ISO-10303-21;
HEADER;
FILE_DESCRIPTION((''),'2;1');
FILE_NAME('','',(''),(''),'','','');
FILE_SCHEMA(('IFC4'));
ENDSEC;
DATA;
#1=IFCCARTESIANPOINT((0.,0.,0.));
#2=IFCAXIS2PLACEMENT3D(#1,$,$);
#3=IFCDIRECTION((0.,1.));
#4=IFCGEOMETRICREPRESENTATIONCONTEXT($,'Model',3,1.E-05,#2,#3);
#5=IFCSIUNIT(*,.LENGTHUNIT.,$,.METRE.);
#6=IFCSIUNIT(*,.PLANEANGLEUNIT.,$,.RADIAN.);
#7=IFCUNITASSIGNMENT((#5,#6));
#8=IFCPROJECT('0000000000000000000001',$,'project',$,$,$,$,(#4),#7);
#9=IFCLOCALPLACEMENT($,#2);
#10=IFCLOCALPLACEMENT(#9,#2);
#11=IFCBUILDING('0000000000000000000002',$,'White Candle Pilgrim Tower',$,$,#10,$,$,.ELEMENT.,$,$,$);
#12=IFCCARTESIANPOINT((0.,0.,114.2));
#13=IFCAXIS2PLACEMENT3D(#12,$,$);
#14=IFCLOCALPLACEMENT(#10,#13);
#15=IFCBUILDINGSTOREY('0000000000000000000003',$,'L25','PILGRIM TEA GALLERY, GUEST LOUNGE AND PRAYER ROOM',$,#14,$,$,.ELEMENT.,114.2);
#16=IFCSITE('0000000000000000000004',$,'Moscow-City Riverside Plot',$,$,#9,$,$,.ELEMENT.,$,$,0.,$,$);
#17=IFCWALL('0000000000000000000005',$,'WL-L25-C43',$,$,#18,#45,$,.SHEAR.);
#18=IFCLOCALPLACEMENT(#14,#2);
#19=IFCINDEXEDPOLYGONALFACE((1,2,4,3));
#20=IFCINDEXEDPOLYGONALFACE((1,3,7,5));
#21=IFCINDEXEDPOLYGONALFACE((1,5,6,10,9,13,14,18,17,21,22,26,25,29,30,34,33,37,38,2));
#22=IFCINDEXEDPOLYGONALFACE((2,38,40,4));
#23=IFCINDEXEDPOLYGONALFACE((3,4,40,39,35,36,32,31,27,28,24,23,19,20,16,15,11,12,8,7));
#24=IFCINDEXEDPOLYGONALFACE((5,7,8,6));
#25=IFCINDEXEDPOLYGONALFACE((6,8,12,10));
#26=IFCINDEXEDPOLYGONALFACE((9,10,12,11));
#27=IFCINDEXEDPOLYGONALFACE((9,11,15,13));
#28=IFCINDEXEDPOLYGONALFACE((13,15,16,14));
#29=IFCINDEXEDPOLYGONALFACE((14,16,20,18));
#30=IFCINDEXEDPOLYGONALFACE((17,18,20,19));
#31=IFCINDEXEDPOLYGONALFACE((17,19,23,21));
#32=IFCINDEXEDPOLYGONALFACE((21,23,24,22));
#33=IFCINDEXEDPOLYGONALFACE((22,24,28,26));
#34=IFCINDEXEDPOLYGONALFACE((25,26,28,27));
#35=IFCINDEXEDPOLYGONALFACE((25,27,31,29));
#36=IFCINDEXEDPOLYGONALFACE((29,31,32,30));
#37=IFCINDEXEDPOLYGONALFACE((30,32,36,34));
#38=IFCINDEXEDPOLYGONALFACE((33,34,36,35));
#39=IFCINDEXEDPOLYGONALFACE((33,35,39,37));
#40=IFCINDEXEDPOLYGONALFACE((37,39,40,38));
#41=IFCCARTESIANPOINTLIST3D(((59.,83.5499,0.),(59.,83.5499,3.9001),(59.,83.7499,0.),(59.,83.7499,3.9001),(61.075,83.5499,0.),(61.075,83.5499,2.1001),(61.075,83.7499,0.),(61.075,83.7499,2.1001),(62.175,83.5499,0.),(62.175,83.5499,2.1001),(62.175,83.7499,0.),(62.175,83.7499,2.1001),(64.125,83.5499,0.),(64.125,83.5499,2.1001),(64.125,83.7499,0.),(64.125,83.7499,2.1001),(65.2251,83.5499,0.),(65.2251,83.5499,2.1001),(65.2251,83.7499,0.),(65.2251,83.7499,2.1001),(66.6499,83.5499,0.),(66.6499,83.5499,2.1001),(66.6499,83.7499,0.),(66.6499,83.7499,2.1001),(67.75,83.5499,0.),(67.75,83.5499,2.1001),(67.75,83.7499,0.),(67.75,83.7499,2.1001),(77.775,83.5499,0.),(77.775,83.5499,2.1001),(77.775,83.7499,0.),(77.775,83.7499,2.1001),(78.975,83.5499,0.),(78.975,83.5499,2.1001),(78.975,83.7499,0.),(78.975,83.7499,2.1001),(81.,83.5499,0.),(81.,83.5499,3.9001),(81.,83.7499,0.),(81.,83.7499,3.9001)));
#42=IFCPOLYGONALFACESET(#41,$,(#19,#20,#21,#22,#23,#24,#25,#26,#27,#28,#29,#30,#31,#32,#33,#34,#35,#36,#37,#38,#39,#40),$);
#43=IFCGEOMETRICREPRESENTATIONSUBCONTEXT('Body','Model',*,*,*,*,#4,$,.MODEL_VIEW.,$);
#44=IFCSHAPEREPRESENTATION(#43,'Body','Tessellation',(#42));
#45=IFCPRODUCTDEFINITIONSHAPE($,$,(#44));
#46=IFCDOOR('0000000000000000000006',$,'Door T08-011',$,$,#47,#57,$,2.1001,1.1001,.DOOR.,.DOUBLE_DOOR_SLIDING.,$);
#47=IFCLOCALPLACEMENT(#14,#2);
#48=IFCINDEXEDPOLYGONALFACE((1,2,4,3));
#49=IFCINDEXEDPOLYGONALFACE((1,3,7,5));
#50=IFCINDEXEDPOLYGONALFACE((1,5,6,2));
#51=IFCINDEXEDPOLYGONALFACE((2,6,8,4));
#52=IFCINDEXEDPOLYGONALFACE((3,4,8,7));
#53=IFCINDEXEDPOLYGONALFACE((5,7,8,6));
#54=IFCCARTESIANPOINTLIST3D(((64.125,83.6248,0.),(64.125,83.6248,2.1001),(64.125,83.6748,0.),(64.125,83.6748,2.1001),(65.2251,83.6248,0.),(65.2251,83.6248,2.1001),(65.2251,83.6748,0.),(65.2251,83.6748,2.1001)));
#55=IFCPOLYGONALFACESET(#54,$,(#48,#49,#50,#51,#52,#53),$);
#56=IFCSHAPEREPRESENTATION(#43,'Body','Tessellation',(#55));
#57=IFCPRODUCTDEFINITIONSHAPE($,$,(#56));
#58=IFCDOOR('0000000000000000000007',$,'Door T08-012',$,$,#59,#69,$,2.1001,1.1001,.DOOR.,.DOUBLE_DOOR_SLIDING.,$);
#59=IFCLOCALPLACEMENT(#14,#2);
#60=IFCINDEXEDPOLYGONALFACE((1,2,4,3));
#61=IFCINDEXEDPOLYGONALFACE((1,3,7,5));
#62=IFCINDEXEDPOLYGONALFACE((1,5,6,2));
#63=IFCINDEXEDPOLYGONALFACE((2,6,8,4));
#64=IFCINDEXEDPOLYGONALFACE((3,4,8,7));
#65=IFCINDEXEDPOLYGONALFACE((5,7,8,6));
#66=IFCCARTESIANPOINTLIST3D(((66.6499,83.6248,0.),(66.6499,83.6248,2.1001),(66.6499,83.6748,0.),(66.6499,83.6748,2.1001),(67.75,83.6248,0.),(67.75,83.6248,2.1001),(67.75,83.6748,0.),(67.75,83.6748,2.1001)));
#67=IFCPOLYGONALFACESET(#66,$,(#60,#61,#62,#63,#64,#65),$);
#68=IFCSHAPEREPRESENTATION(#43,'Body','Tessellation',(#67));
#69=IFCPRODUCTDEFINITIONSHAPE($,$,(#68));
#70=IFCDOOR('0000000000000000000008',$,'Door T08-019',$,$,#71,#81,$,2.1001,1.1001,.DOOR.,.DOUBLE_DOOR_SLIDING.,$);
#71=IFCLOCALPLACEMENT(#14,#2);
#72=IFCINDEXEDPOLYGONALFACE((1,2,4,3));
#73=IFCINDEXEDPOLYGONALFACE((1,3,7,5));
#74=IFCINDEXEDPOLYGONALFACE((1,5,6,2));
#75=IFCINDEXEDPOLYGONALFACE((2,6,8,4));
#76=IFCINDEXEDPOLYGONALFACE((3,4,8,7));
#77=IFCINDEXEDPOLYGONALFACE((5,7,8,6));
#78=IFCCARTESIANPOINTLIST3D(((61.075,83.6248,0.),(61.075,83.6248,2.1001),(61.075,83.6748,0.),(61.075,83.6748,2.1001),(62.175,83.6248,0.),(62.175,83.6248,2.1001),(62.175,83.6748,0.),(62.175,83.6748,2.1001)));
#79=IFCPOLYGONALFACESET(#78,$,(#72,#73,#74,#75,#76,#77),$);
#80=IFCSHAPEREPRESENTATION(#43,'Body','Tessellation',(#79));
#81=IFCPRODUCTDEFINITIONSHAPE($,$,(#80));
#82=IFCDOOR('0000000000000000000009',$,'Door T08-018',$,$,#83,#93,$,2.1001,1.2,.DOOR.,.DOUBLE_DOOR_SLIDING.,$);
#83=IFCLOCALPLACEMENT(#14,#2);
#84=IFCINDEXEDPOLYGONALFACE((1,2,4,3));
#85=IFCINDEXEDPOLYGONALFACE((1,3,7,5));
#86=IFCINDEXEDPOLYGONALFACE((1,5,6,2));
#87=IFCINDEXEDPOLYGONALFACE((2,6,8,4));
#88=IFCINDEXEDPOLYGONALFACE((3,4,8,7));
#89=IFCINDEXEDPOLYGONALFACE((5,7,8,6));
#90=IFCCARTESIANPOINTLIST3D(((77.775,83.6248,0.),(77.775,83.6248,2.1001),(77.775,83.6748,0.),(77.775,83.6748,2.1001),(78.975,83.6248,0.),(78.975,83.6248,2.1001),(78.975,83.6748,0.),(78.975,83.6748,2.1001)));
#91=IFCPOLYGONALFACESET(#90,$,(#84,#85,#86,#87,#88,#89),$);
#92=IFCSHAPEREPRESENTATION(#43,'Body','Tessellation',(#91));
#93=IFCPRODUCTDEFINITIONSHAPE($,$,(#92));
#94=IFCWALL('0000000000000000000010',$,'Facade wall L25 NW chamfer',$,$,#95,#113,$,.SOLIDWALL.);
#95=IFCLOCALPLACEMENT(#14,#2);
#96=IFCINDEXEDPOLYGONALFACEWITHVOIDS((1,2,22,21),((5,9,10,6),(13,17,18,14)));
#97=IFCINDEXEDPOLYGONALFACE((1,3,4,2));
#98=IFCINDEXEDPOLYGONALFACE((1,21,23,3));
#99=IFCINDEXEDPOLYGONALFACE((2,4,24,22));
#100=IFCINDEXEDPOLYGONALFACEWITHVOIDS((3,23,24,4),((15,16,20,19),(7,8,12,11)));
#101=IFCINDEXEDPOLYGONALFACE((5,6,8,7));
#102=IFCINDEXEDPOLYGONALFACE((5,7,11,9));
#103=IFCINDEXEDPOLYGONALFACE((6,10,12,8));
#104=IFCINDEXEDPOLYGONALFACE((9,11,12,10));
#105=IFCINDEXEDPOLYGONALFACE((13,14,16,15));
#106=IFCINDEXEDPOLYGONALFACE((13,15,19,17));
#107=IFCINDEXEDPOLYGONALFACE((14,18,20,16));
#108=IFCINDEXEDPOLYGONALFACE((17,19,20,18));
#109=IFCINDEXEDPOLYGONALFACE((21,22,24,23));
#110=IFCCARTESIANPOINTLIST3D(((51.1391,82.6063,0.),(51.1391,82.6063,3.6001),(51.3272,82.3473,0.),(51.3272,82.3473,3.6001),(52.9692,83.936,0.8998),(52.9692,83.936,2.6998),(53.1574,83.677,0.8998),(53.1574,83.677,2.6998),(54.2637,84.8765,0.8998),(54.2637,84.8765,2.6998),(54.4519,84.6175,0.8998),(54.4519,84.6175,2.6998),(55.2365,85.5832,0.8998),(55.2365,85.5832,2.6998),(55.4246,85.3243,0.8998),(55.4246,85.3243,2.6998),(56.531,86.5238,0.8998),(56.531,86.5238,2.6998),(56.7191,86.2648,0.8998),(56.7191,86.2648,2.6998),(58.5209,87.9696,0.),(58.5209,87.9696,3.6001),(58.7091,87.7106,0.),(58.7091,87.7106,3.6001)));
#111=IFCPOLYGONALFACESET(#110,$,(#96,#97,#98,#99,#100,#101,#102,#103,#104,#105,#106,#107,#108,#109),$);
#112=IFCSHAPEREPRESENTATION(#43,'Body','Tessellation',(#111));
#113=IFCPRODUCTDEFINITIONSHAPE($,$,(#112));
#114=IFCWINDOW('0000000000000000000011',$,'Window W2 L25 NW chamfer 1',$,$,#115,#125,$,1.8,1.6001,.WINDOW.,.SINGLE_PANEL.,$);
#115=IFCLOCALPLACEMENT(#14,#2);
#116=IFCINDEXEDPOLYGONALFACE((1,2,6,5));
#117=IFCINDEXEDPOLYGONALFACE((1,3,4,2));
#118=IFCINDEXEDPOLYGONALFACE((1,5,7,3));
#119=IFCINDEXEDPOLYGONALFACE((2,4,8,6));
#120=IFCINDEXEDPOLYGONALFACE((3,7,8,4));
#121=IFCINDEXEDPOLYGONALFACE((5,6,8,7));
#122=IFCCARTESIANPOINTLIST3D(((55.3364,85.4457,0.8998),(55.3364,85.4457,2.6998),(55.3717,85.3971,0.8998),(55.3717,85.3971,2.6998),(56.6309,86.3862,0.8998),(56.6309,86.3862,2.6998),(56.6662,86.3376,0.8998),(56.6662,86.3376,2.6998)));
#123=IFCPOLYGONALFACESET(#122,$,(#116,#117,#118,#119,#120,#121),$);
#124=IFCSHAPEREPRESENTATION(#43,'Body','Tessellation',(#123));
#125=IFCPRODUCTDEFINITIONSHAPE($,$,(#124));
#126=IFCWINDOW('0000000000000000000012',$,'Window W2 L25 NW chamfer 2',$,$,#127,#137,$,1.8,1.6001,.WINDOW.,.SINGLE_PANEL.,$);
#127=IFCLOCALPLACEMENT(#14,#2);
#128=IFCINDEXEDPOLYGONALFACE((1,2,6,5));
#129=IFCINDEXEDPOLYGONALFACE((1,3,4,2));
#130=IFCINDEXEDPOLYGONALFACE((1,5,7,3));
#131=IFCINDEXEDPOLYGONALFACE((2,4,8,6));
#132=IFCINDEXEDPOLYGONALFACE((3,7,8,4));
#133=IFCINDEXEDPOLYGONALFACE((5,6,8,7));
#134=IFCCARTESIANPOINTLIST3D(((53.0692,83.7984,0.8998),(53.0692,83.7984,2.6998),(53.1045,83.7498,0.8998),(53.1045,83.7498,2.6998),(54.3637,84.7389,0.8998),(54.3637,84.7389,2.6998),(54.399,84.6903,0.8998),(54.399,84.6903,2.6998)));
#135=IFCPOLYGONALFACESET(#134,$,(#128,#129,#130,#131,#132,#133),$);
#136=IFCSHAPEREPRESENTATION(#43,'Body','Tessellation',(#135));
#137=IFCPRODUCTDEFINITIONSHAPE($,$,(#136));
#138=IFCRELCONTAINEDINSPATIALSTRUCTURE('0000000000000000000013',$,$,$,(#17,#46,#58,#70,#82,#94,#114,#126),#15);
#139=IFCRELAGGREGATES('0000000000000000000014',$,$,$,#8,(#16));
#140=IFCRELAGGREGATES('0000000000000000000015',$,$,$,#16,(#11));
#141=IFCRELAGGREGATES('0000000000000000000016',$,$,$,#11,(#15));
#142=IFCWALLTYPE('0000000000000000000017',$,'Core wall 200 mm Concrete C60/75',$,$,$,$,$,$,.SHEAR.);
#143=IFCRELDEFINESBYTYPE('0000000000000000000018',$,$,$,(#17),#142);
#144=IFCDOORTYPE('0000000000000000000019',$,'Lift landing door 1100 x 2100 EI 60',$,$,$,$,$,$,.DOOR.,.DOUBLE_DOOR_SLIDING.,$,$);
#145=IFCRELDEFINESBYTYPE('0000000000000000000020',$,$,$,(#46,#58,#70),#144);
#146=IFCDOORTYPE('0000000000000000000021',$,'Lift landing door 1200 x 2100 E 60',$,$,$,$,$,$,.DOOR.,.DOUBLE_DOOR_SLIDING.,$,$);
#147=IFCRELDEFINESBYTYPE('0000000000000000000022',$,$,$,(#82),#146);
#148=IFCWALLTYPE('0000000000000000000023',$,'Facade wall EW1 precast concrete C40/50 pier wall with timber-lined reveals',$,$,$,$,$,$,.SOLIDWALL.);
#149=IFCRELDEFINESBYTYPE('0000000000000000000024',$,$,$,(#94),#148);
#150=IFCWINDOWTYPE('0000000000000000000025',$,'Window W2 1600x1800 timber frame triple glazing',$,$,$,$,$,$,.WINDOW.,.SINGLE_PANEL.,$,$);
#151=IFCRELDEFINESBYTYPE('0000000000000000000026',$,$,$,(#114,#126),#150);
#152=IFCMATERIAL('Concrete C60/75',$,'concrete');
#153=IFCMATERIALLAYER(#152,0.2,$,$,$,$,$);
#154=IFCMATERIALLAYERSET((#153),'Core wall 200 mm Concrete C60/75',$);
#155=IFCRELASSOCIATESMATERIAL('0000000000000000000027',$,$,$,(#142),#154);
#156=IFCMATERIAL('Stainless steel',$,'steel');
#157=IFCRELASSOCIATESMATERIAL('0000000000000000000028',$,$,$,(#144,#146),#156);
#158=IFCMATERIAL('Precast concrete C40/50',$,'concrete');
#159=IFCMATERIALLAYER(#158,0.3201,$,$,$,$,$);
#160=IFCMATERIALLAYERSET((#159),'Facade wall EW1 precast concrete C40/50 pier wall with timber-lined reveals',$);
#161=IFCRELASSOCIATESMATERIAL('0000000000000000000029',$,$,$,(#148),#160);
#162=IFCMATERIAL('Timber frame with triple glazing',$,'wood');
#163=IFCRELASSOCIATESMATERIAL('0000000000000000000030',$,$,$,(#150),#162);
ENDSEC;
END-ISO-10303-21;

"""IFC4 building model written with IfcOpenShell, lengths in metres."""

from ifc_helpers import new_model, si_unit, direction, frame, frame_2d, origin, place, context, subcontext, project, spatial, rectangle, extrude, material, layer, layer_set, type_object, element, fill, save


model = new_model("IFC4")

# Units and contexts
model_context = context("Model", 3, precision=1e-05, world=origin(), true_north=direction((0.0, 1.0)))
body_context = subcontext(model_context, "Body", "Model", "MODEL_VIEW")
ifc_project = project(units=[si_unit("LENGTHUNIT", "METRE"), si_unit("PLANEANGLEUNIT", "RADIAN")], contexts=[model_context])

# Site, building, storey
site_placement = place(None, origin())
site = spatial("IfcSite", under=ifc_project, at=site_placement, Name="Moscow-City Riverside Plot", CompositionType="ELEMENT", RefElevation=0.0)
building_placement = place(site_placement, origin())
building = spatial("IfcBuilding", under=site, at=building_placement, Name="White Candle Pilgrim Tower", CompositionType="ELEMENT")
storey_placement = place(building_placement, frame((0.0, 0.0, 114.2)))
storey = spatial("IfcBuildingStorey", under=building, at=storey_placement, Name="L25", Description="PILGRIM TEA GALLERY, GUEST LOUNGE AND PRAYER ROOM", CompositionType="ELEMENT", Elevation=114.2)

# Wall, openings, doors
ifc_material_1 = material(Name="Concrete C60/75", Category="concrete")
ifc_layer_1 = layer(ifc_material_1, 0.2)
ifc_layer_set_1 = layer_set([ifc_layer_1], Name="Core wall 200 mm Concrete C60/75")
wall_type_1 = type_object("IfcWallType", Name="Core wall 200 mm Concrete C60/75", PredefinedType="SHEAR", material=ifc_layer_set_1)
wall_1_placement = place(storey_placement, frame((59.0, 83.6499, 0.0), z_axis=(0.0, 0.0, 1.0), x_axis=(1.0, 0.0, 0.0)))
wall_1 = element("IfcWall", 1, at=wall_1_placement, inside=storey, type_object=wall_type_1, Name="WL-L25-C43", PredefinedType="SHEAR", context=body_context, shape_type="SweptSolid", body=[
    extrude(rectangle(XDim=22.0, YDim=0.2, at=frame_2d((11.0, 0.0))), origin(), (0.0, 0.0, 1.0), 3.9001),
])
opening_1_placement = place(wall_1_placement, frame((5.125, 0.0, 0.0)))
opening_1 = element("IfcOpeningElement", 2, at=opening_1_placement, cuts=wall_1, PredefinedType="OPENING", context=body_context, shape_type="SweptSolid", body=[
    extrude(rectangle(XDim=1.1001, YDim=2.1001, at=frame_2d((0.55, 1.05))), frame((0.0, 0.1099, 0.0), z_axis=(0.0, -1.0, 0.0), x_axis=(1.0, 0.0, 0.0)), (0.0, 0.0, 1.0), 0.22),
])
opening_2_placement = place(wall_1_placement, frame((7.6499, 0.0, 0.0)))
opening_2 = element("IfcOpeningElement", 3, at=opening_2_placement, cuts=wall_1, PredefinedType="OPENING", context=body_context, shape_type="SweptSolid", body=[
    extrude(rectangle(XDim=1.1001, YDim=2.1001, at=frame_2d((0.55, 1.05))), frame((0.0, 0.1099, 0.0), z_axis=(0.0, -1.0, 0.0), x_axis=(1.0, 0.0, 0.0)), (0.0, 0.0, 1.0), 0.22),
])
opening_3_placement = place(wall_1_placement, frame((18.7749, 0.0, 0.0)))
opening_3 = element("IfcOpeningElement", 4, at=opening_3_placement, cuts=wall_1, PredefinedType="OPENING", context=body_context, shape_type="SweptSolid", body=[
    extrude(rectangle(XDim=1.2, YDim=2.1001, at=frame_2d((0.6001, 1.05))), frame((0.0, 0.1099, 0.0), z_axis=(0.0, -1.0, 0.0), x_axis=(1.0, 0.0, 0.0)), (0.0, 0.0, 1.0), 0.22),
])
opening_4_placement = place(wall_1_placement, frame((2.075, 0.0, 0.0)))
opening_4 = element("IfcOpeningElement", 5, at=opening_4_placement, cuts=wall_1, PredefinedType="OPENING", context=body_context, shape_type="SweptSolid", body=[
    extrude(rectangle(XDim=1.1001, YDim=2.1001, at=frame_2d((0.55, 1.05))), frame((0.0, 0.1099, 0.0), z_axis=(0.0, -1.0, 0.0), x_axis=(1.0, 0.0, 0.0)), (0.0, 0.0, 1.0), 0.22),
])
ifc_material_2 = material(Name="Stainless steel", Category="steel")
door_type_1 = type_object("IfcDoorType", Name="Lift landing door 1100 x 2100 EI 60", OperationType="DOUBLE_DOOR_SLIDING", PredefinedType="DOOR", material=ifc_material_2)
door_1_placement = place(opening_1_placement, origin())
door_1 = element("IfcDoor", 6, at=door_1_placement, inside=storey, type_object=door_type_1, Name="Door T08-011", OperationType="DOUBLE_DOOR_SLIDING", OverallHeight=2.1001, OverallWidth=1.1001, PredefinedType="DOOR", context=body_context, shape_type="SweptSolid", body=[
    extrude(rectangle(XDim=1.1001, YDim=2.1001, at=frame_2d((0.55, 1.05))), frame((0.0, 0.0249, 0.0), z_axis=(0.0, -1.0, 0.0), x_axis=(1.0, 0.0, 0.0)), (0.0, 0.0, 1.0), 0.05),
])
fill(opening_1, door_1)
door_2_placement = place(opening_2_placement, origin())
door_2 = element("IfcDoor", 7, at=door_2_placement, inside=storey, type_object=door_type_1, Name="Door T08-012", OperationType="DOUBLE_DOOR_SLIDING", OverallHeight=2.1001, OverallWidth=1.1001, PredefinedType="DOOR", context=body_context, shape_type="SweptSolid", body=[
    extrude(rectangle(XDim=1.1001, YDim=2.1001, at=frame_2d((0.55, 1.05))), frame((0.0, 0.0249, 0.0), z_axis=(0.0, -1.0, 0.0), x_axis=(1.0, 0.0, 0.0)), (0.0, 0.0, 1.0), 0.05),
])
fill(opening_2, door_2)
door_3_placement = place(opening_4_placement, origin())
door_3 = element("IfcDoor", 8, at=door_3_placement, inside=storey, type_object=door_type_1, Name="Door T08-019", OperationType="DOUBLE_DOOR_SLIDING", OverallHeight=2.1001, OverallWidth=1.1001, PredefinedType="DOOR", context=body_context, shape_type="SweptSolid", body=[
    extrude(rectangle(XDim=1.1001, YDim=2.1001, at=frame_2d((0.55, 1.05))), frame((0.0, 0.0249, 0.0), z_axis=(0.0, -1.0, 0.0), x_axis=(1.0, 0.0, 0.0)), (0.0, 0.0, 1.0), 0.05),
])
fill(opening_4, door_3)
door_type_2 = type_object("IfcDoorType", Name="Lift landing door 1200 x 2100 E 60", OperationType="DOUBLE_DOOR_SLIDING", PredefinedType="DOOR", material=ifc_material_2)
door_4_placement = place(opening_3_placement, origin())
door_4 = element("IfcDoor", 9, at=door_4_placement, inside=storey, type_object=door_type_2, Name="Door T08-018", OperationType="DOUBLE_DOOR_SLIDING", OverallHeight=2.1001, OverallWidth=1.2, PredefinedType="DOOR", context=body_context, shape_type="SweptSolid", body=[
    extrude(rectangle(XDim=1.2, YDim=2.1001, at=frame_2d((0.6001, 1.05))), frame((0.0, 0.0249, 0.0), z_axis=(0.0, -1.0, 0.0), x_axis=(1.0, 0.0, 0.0)), (0.0, 0.0, 1.0), 0.05),
])
fill(opening_3, door_4)

# Wall, openings, windows
ifc_material_3 = material(Name="Precast concrete C40/50", Category="concrete")
ifc_layer_2 = layer(ifc_material_3, 0.3201)
ifc_layer_set_2 = layer_set([ifc_layer_2], Name="Facade wall EW1 precast concrete C40/50 pier wall with timber-lined reveals")
wall_type_2 = type_object("IfcWallType", Name="Facade wall EW1 precast concrete C40/50 pier wall with timber-lined reveals", PredefinedType="SOLIDWALL", material=ifc_layer_set_2)
wall_2_placement = place(storey_placement, frame((58.615, 87.8401, 0.0), z_axis=(0.0, 0.0, 1.0), x_axis=(-0.809014, -0.58779, 0.0)))
wall_2 = element("IfcWall", 10, at=wall_2_placement, inside=storey, type_object=wall_type_2, Name="Facade wall L25 NW chamfer", PredefinedType="SOLIDWALL", context=body_context, shape_type="SweptSolid", body=[
    extrude(rectangle(XDim=9.1245, YDim=0.3201, at=frame_2d((4.5623, 0.0))), origin(), (0.0, 0.0, 1.0), 3.6001),
])
opening_5_placement = place(wall_2_placement, frame((2.4597, 0.0, 0.8999)))
opening_5 = element("IfcOpeningElement", 11, at=opening_5_placement, cuts=wall_2, PredefinedType="OPENING", context=body_context, shape_type="SweptSolid", body=[
    extrude(rectangle(XDim=1.6001, YDim=1.8, at=frame_2d((0.8, 0.8999))), frame((0.0, 0.1699, 0.0), z_axis=(0.0, -1.0, 0.0), x_axis=(1.0, 0.0, 0.0)), (0.0, 0.0, 1.0), 0.3401),
])
opening_6_placement = place(wall_2_placement, frame((5.2622, 0.0, 0.8999)))
opening_6 = element("IfcOpeningElement", 12, at=opening_6_placement, cuts=wall_2, PredefinedType="OPENING", context=body_context, shape_type="SweptSolid", body=[
    extrude(rectangle(XDim=1.6001, YDim=1.8, at=frame_2d((0.8, 0.8999))), frame((0.0, 0.1699, 0.0), z_axis=(0.0, -1.0, 0.0), x_axis=(1.0, 0.0, 0.0)), (0.0, 0.0, 1.0), 0.3401),
])
ifc_material_4 = material(Name="Timber frame with triple glazing", Category="wood")
window_type_1 = type_object("IfcWindowType", Name="Window W2 1600x1800 timber frame triple glazing", PartitioningType="SINGLE_PANEL", PredefinedType="WINDOW", material=ifc_material_4)
window_1_placement = place(opening_5_placement, origin())
window_1 = element("IfcWindow", 13, at=window_1_placement, inside=storey, type_object=window_type_1, Name="Window W2 L25 NW chamfer 1", OverallHeight=1.8, OverallWidth=1.6001, PartitioningType="SINGLE_PANEL", PredefinedType="WINDOW", context=body_context, shape_type="SweptSolid", body=[
    extrude(rectangle(XDim=1.6001, YDim=1.8, at=frame_2d((0.8, 0.8999))), frame((0.0, 0.0701, 0.0), z_axis=(0.0, -1.0, 0.0), x_axis=(1.0, 0.0, 0.0)), (0.0, 0.0, 1.0), 0.0601),
])
fill(opening_5, window_1)
window_2_placement = place(opening_6_placement, origin())
window_2 = element("IfcWindow", 14, at=window_2_placement, inside=storey, type_object=window_type_1, Name="Window W2 L25 NW chamfer 2", OverallHeight=1.8, OverallWidth=1.6001, PartitioningType="SINGLE_PANEL", PredefinedType="WINDOW", context=body_context, shape_type="SweptSolid", body=[
    extrude(rectangle(XDim=1.6001, YDim=1.8, at=frame_2d((0.8, 0.8999))), frame((0.0, 0.0701, 0.0), z_axis=(0.0, -1.0, 0.0), x_axis=(1.0, 0.0, 0.0)), (0.0, 0.0, 1.0), 0.0601),
])
fill(opening_6, window_2)

save(model, "model.ifc")
